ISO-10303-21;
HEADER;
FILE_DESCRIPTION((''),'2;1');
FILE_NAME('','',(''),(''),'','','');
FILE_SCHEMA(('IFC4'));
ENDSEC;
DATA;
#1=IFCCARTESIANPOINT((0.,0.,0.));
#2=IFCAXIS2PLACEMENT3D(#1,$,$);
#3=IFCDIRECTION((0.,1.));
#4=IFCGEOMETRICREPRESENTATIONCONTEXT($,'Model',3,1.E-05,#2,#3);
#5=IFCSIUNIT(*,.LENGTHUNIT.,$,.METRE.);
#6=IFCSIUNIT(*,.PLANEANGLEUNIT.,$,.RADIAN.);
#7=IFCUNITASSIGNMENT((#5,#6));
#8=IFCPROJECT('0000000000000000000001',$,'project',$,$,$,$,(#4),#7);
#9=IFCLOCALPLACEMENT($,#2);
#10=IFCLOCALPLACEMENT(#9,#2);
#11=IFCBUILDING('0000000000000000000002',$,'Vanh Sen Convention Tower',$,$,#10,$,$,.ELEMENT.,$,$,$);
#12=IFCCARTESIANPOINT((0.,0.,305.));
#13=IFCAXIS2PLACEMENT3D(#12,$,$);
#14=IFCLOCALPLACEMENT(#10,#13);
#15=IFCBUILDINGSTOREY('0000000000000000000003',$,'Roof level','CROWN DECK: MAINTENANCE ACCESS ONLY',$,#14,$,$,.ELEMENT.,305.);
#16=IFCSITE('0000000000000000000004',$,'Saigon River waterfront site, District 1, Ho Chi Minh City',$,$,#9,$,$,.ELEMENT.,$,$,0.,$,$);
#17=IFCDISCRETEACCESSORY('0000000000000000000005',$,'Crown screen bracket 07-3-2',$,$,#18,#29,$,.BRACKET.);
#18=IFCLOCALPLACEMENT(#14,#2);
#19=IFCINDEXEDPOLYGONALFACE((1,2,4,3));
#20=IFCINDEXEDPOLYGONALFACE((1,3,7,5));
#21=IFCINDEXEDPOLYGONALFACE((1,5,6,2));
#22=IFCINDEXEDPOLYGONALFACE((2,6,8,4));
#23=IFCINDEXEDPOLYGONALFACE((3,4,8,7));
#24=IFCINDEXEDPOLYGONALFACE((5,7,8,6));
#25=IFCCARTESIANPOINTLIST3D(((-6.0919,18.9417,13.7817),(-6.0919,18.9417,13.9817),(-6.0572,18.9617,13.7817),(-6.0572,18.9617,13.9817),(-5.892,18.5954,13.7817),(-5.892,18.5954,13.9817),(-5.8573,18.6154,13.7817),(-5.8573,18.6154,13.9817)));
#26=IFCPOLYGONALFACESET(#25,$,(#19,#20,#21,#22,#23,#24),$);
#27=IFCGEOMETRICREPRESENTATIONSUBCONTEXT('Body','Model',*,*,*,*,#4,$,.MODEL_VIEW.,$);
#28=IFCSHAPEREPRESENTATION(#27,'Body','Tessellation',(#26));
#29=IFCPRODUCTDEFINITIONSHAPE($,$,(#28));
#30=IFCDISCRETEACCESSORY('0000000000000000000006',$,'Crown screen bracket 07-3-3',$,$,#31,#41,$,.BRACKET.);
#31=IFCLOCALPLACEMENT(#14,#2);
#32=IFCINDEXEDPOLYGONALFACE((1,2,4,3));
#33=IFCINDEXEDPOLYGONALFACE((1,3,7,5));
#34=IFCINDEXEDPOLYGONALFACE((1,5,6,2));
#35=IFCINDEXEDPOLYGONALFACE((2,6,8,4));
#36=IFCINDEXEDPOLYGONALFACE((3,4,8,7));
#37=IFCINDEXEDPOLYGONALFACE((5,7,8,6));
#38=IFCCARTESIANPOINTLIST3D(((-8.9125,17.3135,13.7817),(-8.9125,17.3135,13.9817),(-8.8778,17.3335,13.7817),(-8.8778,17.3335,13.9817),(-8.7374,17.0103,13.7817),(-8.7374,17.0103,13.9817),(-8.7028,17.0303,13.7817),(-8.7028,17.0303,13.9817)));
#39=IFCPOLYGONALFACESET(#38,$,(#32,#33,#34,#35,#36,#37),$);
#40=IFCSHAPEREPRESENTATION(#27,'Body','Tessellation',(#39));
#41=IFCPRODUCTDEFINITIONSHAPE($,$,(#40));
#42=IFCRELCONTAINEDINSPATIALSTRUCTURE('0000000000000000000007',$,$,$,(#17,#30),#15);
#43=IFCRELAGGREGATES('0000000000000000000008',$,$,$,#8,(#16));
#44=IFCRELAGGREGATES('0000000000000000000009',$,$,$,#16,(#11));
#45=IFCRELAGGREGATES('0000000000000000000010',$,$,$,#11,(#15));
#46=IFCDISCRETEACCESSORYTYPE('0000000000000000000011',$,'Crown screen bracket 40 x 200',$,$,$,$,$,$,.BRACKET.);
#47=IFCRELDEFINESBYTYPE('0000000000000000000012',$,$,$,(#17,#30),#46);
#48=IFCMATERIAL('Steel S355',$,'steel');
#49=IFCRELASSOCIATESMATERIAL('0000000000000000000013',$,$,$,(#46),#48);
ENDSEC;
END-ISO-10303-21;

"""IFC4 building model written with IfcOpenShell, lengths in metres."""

from ifc_helpers import new_model, si_unit, direction, frame, origin, origin_2d, place, context, subcontext, project, spatial, rectangle, extrude, material, type_object, element, save


model = new_model("IFC4")

# Units and contexts
model_context = context("Model", 3, precision=1e-05, world=origin(), true_north=direction((0.0, 1.0)))
body_context = subcontext(model_context, "Body", "Model", "MODEL_VIEW")
ifc_project = project(units=[si_unit("LENGTHUNIT", "METRE"), si_unit("PLANEANGLEUNIT", "RADIAN")], contexts=[model_context])

# Site, building, storey
site_placement = place(None, origin())
site = spatial("IfcSite", under=ifc_project, at=site_placement, Name="Saigon River waterfront site, District 1, Ho Chi Minh City", CompositionType="ELEMENT", RefElevation=0.0)
building_placement = place(site_placement, origin())
building = spatial("IfcBuilding", under=site, at=building_placement, Name="Vanh Sen Convention Tower", CompositionType="ELEMENT")
storey_placement = place(building_placement, frame((0.0, 0.0, 305.0)))
storey = spatial("IfcBuildingStorey", under=building, at=storey_placement, Name="Roof level", Description="CROWN DECK: MAINTENANCE ACCESS ONLY", CompositionType="ELEMENT", Elevation=305.0)

# Discrete accessories
ifc_material_1 = material(Name="Steel S355", Category="steel")
discrete_accessory_type_1 = type_object("IfcDiscreteAccessoryType", Name="Crown screen bracket 40 x 200", PredefinedType="BRACKET", material=ifc_material_1)
discrete_accessory_1_placement = place(storey_placement, frame((-5.9746, 18.7786, 13.7817), z_axis=(0.0, 0.0, 1.0), x_axis=(-0.500005, 0.866023, 0.0)))
element("IfcDiscreteAccessory", 1, at=discrete_accessory_1_placement, inside=storey, type_object=discrete_accessory_type_1, Name="Crown screen bracket 07-3-2", PredefinedType="BRACKET", context=body_context, shape_type="SweptSolid", body=[
    extrude(rectangle(XDim=0.3999, YDim=0.04, at=origin_2d()), origin(), (0.0, 0.0, 1.0), 0.2),
])
discrete_accessory_2_placement = place(storey_placement, frame((-8.8076, 17.1719, 13.7817), z_axis=(0.0, 0.0, 1.0), x_axis=(-0.500005, 0.866023, 0.0)))
element("IfcDiscreteAccessory", 2, at=discrete_accessory_2_placement, inside=storey, type_object=discrete_accessory_type_1, Name="Crown screen bracket 07-3-3", PredefinedType="BRACKET", context=body_context, shape_type="SweptSolid", body=[
    extrude(rectangle(XDim=0.3501, YDim=0.04, at=origin_2d()), origin(), (0.0, 0.0, 1.0), 0.2),
])

save(model, "model.ifc")
